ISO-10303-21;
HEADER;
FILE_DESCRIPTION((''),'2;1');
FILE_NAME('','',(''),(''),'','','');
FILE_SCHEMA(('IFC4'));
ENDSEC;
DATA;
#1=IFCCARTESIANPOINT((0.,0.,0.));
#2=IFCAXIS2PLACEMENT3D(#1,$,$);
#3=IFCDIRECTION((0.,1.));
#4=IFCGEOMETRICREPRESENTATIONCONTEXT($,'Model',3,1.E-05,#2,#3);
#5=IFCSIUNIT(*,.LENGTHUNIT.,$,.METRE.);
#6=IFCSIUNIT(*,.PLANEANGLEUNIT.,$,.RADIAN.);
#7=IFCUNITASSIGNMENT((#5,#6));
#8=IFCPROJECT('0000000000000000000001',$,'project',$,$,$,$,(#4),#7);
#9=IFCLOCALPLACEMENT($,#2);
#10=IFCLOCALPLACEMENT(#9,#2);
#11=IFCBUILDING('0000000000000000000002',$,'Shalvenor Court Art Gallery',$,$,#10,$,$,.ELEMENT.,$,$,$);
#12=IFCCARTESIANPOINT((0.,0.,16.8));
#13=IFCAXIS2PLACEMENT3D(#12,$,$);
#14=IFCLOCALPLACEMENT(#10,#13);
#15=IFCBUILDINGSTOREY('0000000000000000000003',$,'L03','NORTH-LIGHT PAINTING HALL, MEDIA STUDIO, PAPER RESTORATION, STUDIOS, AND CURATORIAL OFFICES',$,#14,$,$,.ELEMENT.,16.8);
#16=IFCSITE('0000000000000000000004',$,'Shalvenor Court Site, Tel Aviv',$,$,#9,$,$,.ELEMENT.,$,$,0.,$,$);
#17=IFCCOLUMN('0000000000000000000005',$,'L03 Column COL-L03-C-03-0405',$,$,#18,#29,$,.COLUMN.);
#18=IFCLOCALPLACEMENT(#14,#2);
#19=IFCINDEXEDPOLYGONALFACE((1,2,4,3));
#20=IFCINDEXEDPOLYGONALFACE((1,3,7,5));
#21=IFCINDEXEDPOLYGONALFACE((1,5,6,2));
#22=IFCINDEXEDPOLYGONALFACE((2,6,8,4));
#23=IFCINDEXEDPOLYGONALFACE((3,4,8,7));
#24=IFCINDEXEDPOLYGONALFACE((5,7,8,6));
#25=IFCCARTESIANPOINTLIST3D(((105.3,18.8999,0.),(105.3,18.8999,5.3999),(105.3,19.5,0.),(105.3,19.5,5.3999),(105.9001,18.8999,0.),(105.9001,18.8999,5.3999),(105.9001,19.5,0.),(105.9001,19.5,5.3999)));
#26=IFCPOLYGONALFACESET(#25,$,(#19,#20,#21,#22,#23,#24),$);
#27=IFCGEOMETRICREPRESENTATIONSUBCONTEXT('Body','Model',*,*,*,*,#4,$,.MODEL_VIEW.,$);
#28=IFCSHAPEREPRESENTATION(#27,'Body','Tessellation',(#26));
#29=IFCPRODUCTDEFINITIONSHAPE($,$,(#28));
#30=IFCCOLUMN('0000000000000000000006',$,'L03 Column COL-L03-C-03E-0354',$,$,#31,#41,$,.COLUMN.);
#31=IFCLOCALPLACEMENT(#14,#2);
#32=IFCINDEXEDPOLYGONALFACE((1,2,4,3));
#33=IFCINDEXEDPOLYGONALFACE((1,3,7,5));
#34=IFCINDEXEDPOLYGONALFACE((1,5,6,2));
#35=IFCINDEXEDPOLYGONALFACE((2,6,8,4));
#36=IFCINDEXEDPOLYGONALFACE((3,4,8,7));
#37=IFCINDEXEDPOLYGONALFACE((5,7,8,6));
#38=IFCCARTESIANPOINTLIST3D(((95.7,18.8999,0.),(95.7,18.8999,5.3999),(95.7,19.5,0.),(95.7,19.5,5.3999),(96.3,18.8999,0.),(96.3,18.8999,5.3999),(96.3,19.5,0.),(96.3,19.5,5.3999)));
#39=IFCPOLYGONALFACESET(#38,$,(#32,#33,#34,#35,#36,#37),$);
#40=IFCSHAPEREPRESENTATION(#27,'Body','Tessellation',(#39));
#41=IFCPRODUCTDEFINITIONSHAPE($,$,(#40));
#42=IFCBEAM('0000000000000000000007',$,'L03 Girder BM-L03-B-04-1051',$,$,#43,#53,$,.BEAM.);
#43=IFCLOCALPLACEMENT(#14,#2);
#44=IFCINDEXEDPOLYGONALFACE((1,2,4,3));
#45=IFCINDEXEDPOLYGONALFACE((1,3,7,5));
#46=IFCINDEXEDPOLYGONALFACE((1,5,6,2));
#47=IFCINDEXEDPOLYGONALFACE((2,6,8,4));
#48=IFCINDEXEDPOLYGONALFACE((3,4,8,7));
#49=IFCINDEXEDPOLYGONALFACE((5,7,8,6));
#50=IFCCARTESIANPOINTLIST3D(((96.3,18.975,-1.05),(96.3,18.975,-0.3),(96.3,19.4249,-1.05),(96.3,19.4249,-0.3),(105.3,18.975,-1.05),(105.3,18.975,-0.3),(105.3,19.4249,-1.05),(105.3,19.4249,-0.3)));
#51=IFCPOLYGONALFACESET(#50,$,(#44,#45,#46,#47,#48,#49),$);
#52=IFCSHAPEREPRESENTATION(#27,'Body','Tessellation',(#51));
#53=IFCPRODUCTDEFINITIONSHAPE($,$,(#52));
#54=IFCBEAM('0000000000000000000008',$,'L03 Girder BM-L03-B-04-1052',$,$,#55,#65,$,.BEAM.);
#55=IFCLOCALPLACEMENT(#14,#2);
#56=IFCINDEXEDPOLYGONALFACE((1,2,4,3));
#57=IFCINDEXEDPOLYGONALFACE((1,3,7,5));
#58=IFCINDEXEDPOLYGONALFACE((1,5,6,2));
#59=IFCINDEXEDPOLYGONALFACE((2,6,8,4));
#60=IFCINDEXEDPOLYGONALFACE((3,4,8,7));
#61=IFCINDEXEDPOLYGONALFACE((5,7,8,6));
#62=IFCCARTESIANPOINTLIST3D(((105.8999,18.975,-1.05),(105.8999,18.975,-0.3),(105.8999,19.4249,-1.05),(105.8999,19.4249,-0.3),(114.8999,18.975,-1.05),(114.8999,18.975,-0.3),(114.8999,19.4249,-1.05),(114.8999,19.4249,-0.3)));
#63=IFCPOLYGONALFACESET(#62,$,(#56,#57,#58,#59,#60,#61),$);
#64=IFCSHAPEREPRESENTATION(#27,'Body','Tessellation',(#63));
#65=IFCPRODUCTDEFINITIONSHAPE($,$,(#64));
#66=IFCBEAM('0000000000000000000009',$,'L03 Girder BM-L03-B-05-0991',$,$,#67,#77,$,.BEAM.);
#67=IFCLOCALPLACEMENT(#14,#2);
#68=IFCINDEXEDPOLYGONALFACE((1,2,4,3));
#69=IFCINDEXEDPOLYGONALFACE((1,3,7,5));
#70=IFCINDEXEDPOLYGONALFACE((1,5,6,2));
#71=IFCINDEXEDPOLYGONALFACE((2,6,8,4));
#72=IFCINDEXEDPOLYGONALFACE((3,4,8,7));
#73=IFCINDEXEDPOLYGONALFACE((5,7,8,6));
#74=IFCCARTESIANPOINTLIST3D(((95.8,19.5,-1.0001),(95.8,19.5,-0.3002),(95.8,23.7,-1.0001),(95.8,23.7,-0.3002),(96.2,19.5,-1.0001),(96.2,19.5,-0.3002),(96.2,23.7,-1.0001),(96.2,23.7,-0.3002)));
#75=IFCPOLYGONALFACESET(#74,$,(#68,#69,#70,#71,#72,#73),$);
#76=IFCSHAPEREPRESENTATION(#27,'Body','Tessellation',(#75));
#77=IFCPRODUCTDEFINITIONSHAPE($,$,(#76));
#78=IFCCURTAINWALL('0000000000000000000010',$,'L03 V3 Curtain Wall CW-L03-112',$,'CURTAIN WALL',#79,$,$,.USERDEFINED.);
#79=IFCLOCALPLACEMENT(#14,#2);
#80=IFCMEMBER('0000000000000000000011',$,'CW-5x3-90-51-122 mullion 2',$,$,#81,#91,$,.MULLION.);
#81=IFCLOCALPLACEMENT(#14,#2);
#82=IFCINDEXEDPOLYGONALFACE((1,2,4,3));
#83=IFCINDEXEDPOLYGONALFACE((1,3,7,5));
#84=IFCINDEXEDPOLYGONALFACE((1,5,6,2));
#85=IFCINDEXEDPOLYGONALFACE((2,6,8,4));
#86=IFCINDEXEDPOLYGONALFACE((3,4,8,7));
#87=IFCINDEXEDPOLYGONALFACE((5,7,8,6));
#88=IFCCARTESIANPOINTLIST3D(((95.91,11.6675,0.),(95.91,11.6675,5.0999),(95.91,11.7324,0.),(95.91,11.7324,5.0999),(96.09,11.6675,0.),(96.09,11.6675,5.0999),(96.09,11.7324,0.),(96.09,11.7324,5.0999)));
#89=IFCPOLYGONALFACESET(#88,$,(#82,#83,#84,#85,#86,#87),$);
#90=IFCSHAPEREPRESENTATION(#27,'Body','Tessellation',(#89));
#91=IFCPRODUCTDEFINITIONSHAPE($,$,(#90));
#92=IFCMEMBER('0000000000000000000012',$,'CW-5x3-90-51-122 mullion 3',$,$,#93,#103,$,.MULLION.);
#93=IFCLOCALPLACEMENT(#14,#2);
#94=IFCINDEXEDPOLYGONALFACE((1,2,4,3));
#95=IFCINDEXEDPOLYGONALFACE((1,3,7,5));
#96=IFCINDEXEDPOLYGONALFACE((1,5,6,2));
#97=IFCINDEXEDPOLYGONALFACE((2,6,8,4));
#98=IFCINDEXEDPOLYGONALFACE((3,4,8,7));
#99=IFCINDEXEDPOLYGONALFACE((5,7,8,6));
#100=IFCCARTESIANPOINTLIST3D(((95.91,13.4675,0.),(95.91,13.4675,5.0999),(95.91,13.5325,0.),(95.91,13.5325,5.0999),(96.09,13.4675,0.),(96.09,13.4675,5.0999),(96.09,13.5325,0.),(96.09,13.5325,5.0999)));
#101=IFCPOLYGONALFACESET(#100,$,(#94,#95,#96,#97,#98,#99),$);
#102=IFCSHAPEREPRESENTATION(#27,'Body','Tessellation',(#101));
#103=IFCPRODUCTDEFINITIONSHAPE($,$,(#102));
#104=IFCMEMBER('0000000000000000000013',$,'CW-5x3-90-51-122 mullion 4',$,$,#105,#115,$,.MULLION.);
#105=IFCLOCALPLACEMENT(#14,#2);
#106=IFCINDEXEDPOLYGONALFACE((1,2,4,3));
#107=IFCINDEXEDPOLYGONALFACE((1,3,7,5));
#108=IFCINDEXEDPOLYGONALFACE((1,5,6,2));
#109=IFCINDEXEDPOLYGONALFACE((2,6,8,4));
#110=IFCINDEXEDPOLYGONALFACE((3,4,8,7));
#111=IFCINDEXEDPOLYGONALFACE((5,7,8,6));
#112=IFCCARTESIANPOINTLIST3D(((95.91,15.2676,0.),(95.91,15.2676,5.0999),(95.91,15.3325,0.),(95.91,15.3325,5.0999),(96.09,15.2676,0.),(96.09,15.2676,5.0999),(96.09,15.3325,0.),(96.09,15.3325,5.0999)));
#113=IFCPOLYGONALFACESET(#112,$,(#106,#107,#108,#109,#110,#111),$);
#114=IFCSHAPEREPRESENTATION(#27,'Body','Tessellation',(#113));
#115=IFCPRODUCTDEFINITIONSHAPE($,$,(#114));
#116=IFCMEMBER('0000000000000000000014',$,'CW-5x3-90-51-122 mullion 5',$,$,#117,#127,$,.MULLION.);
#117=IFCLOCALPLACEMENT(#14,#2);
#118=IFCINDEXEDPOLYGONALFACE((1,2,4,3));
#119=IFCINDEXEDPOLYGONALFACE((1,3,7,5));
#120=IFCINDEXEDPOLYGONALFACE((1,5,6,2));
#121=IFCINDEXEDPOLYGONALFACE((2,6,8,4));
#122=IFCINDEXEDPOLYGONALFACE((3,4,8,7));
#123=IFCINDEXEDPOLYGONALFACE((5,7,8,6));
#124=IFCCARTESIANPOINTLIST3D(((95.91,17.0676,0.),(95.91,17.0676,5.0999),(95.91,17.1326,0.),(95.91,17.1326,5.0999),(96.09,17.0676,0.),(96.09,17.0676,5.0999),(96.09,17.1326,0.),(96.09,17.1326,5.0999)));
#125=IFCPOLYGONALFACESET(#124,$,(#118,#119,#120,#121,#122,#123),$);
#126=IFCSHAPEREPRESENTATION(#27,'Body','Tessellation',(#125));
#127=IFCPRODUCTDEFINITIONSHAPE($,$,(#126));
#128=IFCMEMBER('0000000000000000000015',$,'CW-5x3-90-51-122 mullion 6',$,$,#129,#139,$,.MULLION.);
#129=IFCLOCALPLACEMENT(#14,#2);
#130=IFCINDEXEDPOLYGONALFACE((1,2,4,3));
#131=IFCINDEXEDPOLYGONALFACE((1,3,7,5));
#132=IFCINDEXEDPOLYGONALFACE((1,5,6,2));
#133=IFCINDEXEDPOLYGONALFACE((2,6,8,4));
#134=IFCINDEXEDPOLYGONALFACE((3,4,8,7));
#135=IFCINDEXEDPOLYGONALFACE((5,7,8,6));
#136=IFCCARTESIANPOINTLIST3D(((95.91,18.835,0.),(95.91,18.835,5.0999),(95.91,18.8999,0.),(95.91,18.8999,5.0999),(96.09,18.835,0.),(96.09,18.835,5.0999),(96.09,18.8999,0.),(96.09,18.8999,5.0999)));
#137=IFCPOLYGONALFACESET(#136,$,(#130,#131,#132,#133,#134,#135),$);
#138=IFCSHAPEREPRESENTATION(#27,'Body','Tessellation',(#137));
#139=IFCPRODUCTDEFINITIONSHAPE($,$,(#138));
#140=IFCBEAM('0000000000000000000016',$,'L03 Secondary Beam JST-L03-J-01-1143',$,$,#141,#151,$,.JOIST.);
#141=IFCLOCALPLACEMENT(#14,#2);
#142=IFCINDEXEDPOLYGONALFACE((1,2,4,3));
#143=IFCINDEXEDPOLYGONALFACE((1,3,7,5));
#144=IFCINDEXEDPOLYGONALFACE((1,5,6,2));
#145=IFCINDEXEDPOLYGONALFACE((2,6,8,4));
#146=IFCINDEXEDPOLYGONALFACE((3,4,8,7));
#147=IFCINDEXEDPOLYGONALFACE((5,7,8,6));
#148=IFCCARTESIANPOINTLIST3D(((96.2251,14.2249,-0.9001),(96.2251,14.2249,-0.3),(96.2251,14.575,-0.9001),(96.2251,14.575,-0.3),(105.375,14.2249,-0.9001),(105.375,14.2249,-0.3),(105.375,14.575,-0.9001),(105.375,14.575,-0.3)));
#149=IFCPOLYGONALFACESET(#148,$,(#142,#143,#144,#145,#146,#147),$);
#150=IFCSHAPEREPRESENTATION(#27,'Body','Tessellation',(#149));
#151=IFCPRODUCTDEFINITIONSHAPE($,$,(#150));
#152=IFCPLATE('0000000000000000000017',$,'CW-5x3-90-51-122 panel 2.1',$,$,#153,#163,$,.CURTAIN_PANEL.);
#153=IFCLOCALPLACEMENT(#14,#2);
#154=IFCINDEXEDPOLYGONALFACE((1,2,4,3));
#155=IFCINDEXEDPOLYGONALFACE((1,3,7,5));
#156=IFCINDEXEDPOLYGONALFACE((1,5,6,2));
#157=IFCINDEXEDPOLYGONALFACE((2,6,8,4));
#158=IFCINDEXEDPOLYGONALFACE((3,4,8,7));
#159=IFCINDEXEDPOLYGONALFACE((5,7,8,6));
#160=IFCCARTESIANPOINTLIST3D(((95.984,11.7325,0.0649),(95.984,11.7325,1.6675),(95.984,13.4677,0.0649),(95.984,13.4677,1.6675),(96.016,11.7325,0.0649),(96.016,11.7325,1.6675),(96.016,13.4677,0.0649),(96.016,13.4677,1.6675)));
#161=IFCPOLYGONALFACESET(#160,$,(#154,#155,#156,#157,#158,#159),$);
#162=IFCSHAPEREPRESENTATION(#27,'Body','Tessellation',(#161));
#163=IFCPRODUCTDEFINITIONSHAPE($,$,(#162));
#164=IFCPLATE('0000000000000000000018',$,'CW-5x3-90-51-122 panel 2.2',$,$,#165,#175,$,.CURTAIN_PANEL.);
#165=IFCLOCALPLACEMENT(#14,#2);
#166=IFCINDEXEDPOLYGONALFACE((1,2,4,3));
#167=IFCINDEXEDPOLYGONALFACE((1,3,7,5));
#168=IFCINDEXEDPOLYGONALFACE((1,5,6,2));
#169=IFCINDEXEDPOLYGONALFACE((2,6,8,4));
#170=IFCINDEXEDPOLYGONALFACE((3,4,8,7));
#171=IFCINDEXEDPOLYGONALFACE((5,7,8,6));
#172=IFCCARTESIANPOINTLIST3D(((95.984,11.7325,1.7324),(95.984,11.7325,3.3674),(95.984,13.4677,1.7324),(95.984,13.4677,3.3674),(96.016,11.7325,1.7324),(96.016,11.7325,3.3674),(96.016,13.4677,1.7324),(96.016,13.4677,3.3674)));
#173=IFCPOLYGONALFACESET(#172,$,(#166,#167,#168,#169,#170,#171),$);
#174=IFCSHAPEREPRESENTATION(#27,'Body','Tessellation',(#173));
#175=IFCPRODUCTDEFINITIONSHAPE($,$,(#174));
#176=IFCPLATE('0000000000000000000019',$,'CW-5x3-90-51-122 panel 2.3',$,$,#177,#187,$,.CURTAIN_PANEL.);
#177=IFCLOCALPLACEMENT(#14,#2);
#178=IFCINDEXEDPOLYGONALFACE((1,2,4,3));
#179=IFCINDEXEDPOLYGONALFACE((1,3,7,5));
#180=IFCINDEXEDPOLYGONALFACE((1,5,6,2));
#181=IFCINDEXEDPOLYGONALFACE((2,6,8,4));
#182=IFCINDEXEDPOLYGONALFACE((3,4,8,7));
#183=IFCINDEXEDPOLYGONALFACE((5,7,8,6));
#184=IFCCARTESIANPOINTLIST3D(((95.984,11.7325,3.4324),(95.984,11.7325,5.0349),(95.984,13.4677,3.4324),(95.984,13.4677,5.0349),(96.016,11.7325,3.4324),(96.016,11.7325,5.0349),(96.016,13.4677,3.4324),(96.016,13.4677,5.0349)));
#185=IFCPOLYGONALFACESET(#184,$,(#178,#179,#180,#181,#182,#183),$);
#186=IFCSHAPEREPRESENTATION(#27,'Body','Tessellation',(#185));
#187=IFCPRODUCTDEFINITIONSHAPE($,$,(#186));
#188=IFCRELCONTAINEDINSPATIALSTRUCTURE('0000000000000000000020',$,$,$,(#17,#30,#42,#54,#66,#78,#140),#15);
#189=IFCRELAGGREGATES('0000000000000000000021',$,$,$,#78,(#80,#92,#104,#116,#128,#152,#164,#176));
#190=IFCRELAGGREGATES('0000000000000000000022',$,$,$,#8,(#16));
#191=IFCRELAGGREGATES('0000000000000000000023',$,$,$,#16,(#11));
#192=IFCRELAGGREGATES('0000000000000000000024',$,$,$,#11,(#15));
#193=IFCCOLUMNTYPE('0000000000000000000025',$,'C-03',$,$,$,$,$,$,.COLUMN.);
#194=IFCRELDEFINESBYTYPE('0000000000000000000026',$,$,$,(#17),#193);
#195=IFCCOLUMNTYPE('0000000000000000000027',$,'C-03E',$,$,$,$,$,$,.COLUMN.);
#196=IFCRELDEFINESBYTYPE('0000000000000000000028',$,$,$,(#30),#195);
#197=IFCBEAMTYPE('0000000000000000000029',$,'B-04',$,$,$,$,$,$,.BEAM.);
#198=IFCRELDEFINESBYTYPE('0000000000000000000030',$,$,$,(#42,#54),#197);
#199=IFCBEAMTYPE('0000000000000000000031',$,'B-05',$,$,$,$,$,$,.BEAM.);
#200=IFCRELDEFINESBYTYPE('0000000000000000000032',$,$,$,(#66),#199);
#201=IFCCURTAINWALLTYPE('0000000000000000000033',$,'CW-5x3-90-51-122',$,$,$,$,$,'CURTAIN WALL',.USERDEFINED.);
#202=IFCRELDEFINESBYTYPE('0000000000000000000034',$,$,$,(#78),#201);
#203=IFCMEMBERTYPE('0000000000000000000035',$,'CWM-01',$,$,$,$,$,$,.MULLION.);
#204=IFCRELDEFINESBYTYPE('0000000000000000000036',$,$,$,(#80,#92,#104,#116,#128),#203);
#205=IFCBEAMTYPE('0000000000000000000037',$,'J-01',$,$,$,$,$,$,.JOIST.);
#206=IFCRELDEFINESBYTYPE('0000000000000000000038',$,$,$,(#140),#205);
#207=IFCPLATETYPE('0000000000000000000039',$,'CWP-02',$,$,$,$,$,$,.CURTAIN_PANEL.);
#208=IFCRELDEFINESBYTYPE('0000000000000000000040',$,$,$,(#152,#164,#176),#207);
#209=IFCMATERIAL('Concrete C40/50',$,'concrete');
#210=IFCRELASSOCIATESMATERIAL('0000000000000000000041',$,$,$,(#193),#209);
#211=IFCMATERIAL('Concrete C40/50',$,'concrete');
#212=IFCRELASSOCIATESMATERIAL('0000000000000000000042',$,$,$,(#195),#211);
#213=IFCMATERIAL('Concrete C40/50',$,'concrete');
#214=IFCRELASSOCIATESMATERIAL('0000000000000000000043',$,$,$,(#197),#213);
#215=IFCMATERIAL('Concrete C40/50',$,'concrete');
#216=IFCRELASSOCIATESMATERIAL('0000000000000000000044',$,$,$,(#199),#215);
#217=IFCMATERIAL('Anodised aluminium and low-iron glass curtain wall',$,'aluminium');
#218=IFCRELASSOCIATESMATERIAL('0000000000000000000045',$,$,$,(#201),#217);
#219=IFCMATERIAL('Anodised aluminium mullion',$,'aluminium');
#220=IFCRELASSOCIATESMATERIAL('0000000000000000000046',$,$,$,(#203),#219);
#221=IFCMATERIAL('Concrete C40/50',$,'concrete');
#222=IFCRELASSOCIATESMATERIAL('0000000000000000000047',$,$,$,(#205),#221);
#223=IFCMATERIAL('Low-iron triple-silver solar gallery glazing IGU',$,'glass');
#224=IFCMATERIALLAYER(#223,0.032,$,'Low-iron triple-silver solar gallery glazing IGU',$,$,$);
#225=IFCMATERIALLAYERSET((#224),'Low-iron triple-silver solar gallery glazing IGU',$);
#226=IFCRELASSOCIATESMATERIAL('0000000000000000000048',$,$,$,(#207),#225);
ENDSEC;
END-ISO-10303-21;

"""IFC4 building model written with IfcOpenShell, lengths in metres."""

from ifc_helpers import new_model, si_unit, direction, frame, origin, origin_2d, place, context, subcontext, project, spatial, rectangle, extrude, material, layer, layer_set, material_profile, profile_set, type_object, element, aggregate, save


model = new_model("IFC4")

# Units and contexts
model_context = context("Model", 3, precision=1e-05, world=origin(), true_north=direction((0.0, 1.0)))
body_context = subcontext(model_context, "Body", "Model", "MODEL_VIEW")
ifc_project = project(units=[si_unit("LENGTHUNIT", "METRE"), si_unit("PLANEANGLEUNIT", "RADIAN")], contexts=[model_context])

# Site, building, storey
site_placement = place(None, origin())
site = spatial("IfcSite", under=ifc_project, at=site_placement, Name="Shalvenor Court Site, Tel Aviv", CompositionType="ELEMENT", RefElevation=0.0)
building_placement = place(site_placement, origin())
building = spatial("IfcBuilding", under=site, at=building_placement, Name="Shalvenor Court Art Gallery", CompositionType="ELEMENT")
storey_placement = place(building_placement, frame((0.0, 0.0, 16.8)))
storey = spatial("IfcBuildingStorey", under=building, at=storey_placement, Name="L03", Description="NORTH-LIGHT PAINTING HALL, MEDIA STUDIO, PAPER RESTORATION, STUDIOS, AND CURATORIAL OFFICES", CompositionType="ELEMENT", Elevation=16.8)

# Columns
ifc_material_1 = material(Name="Concrete C40/50", Category="concrete")
ifc_material_profile_1 = material_profile(ifc_material_1, rectangle(XDim=0.6001, YDim=0.6001, at=origin_2d()), Name="RC 600x600")
ifc_profile_set_1 = profile_set([ifc_material_profile_1], Name="Concrete C40/50")
column_type_1 = type_object("IfcColumnType", Name="C-03", PredefinedType="COLUMN", material=ifc_profile_set_1)
column_1_placement = place(storey_placement, frame((105.6001, 19.2, 0.0), z_axis=(0.0, 0.0, 1.0), x_axis=(1.0, 0.0, 0.0)))
element("IfcColumn", 1, at=column_1_placement, inside=storey, type_object=column_type_1, Name="L03 Column COL-L03-C-03-0405", PredefinedType="COLUMN", context=body_context, shape_type="SweptSolid", body=[
    extrude(rectangle(XDim=0.6001, YDim=0.6001, at=origin_2d()), origin(), (0.0, 0.0, 1.0), 5.3999),
])
ifc_material_2 = material(Name="Concrete C40/50", Category="concrete")
ifc_material_profile_2 = material_profile(ifc_material_2, rectangle(XDim=0.6001, YDim=0.6001, at=origin_2d()), Name="RC 600x600")
ifc_profile_set_2 = profile_set([ifc_material_profile_2], Name="Concrete C40/50")
column_type_2 = type_object("IfcColumnType", Name="C-03E", PredefinedType="COLUMN", material=ifc_profile_set_2)
column_2_placement = place(storey_placement, frame((96.0, 19.2, 0.0), z_axis=(0.0, 0.0, 1.0), x_axis=(1.0, 0.0, 0.0)))
element("IfcColumn", 2, at=column_2_placement, inside=storey, type_object=column_type_2, Name="L03 Column COL-L03-C-03E-0354", PredefinedType="COLUMN", context=body_context, shape_type="SweptSolid", body=[
    extrude(rectangle(XDim=0.6001, YDim=0.6001, at=origin_2d()), origin(), (0.0, 0.0, 1.0), 5.3999),
])

# Beams
ifc_material_3 = material(Name="Concrete C40/50", Category="concrete")
ifc_material_profile_3 = material_profile(ifc_material_3, rectangle(XDim=0.45, YDim=0.75, at=origin_2d()), Name="RC 450x750")
ifc_profile_set_3 = profile_set([ifc_material_profile_3], Name="Concrete C40/50")
beam_type_1 = type_object("IfcBeamType", Name="B-04", PredefinedType="BEAM", material=ifc_profile_set_3)
for number, where, z_axis, x_axis, name in (
    (3, (96.3, 19.2, -0.675), (1.0, 0.0, 0.0), (0.0, 1.0, 0.0), "L03 Girder BM-L03-B-04-1051"),
    (4, (105.8999, 19.2, -0.675), (1.0, 0.0, 0.0), (0.0, 1.0, 0.0), "L03 Girder BM-L03-B-04-1052"),
):
    element("IfcBeam", number, at=place(storey_placement, frame(where, z_axis=z_axis, x_axis=x_axis)), inside=storey, type_object=beam_type_1, Name=name, PredefinedType="BEAM", context=body_context, shape_type="SweptSolid", body=[
        extrude(rectangle(XDim=0.45, YDim=0.75, at=origin_2d()), origin(), (0.0, 0.0, 1.0), 9.0),
    ])
ifc_material_4 = material(Name="Concrete C40/50", Category="concrete")
ifc_material_profile_4 = material_profile(ifc_material_4, rectangle(XDim=0.3999, YDim=0.7, at=origin_2d()), Name="RC 400x700")
ifc_profile_set_4 = profile_set([ifc_material_profile_4], Name="Concrete C40/50")
beam_type_2 = type_object("IfcBeamType", Name="B-05", PredefinedType="BEAM", material=ifc_profile_set_4)
beam_1_placement = place(storey_placement, frame((96.0, 19.5, -0.6501), z_axis=(0.0, 1.0, 0.0), x_axis=(-1.0, 0.0, 0.0)))
element("IfcBeam", 5, at=beam_1_placement, inside=storey, type_object=beam_type_2, Name="L03 Girder BM-L03-B-05-0991", PredefinedType="BEAM", context=body_context, shape_type="SweptSolid", body=[
    extrude(rectangle(XDim=0.3999, YDim=0.7, at=origin_2d()), origin(), (0.0, 0.0, 1.0), 4.2),
])

# Curtain wall, members
ifc_material_5 = material(Name="Anodised aluminium and low-iron glass curtain wall", Category="aluminium")
curtain_wall_type = type_object("IfcCurtainWallType", Name="CW-5x3-90-51-122", ElementType="CURTAIN WALL", PredefinedType="USERDEFINED", material=ifc_material_5)
curtain_wall_placement = place(storey_placement, origin())
curtain_wall = element("IfcCurtainWall", 6, at=curtain_wall_placement, inside=storey, type_object=curtain_wall_type, Name="L03 V3 Curtain Wall CW-L03-112", ObjectType="CURTAIN WALL", PredefinedType="USERDEFINED")
ifc_material_6 = material(Name="Anodised aluminium mullion", Category="aluminium")
ifc_material_profile_5 = material_profile(ifc_material_6, rectangle(XDim=0.0649, YDim=0.1799, at=origin_2d()), Name="CWM-01")
ifc_profile_set_5 = profile_set([ifc_material_profile_5], Name="Anodised aluminium mullion")
member_type = type_object("IfcMemberType", Name="CWM-01", PredefinedType="MULLION", material=ifc_profile_set_5)
member_1_placement = place(storey_placement, frame((96.0, 11.7, 0.0), z_axis=(0.0, 0.0, 1.0), x_axis=(0.0, 1.0, 0.0)))
member_1 = element("IfcMember", 7, at=member_1_placement, type_object=member_type, Name="CW-5x3-90-51-122 mullion 2", PredefinedType="MULLION", context=body_context, shape_type="SweptSolid", body=[
    extrude(rectangle(XDim=0.0649, YDim=0.1799, at=origin_2d()), origin(), (0.0, 0.0, 1.0), 5.0999),
])
member_2_placement = place(storey_placement, frame((96.0, 13.5, 0.0), z_axis=(0.0, 0.0, 1.0), x_axis=(0.0, 1.0, 0.0)))
member_2 = element("IfcMember", 8, at=member_2_placement, type_object=member_type, Name="CW-5x3-90-51-122 mullion 3", PredefinedType="MULLION", context=body_context, shape_type="SweptSolid", body=[
    extrude(rectangle(XDim=0.0649, YDim=0.1799, at=origin_2d()), origin(), (0.0, 0.0, 1.0), 5.0999),
])
member_3_placement = place(storey_placement, frame((96.0, 15.3, 0.0), z_axis=(0.0, 0.0, 1.0), x_axis=(0.0, 1.0, 0.0)))
member_3 = element("IfcMember", 9, at=member_3_placement, type_object=member_type, Name="CW-5x3-90-51-122 mullion 4", PredefinedType="MULLION", context=body_context, shape_type="SweptSolid", body=[
    extrude(rectangle(XDim=0.0649, YDim=0.1799, at=origin_2d()), origin(), (0.0, 0.0, 1.0), 5.0999),
])
member_4_placement = place(storey_placement, frame((96.0, 17.1001, 0.0), z_axis=(0.0, 0.0, 1.0), x_axis=(0.0, 1.0, 0.0)))
member_4 = element("IfcMember", 10, at=member_4_placement, type_object=member_type, Name="CW-5x3-90-51-122 mullion 5", PredefinedType="MULLION", context=body_context, shape_type="SweptSolid", body=[
    extrude(rectangle(XDim=0.0649, YDim=0.1799, at=origin_2d()), origin(), (0.0, 0.0, 1.0), 5.0999),
])
member_5_placement = place(storey_placement, frame((96.0, 18.8674, 0.0), z_axis=(0.0, 0.0, 1.0), x_axis=(0.0, 1.0, 0.0)))
member_5 = element("IfcMember", 11, at=member_5_placement, type_object=member_type, Name="CW-5x3-90-51-122 mullion 6", PredefinedType="MULLION", context=body_context, shape_type="SweptSolid", body=[
    extrude(rectangle(XDim=0.0649, YDim=0.1799, at=origin_2d()), origin(), (0.0, 0.0, 1.0), 5.0999),
])

# Beam
ifc_material_7 = material(Name="Concrete C40/50", Category="concrete")
ifc_material_profile_6 = material_profile(ifc_material_7, rectangle(XDim=0.3501, YDim=0.6001, at=origin_2d()), Name="RC 350x600")
ifc_profile_set_6 = profile_set([ifc_material_profile_6], Name="Concrete C40/50")
beam_type_3 = type_object("IfcBeamType", Name="J-01", PredefinedType="JOIST", material=ifc_profile_set_6)
beam_2_placement = place(storey_placement, frame((96.2251, 14.3999, -0.6001), z_axis=(1.0, 0.0, 0.0), x_axis=(0.0, 1.0, 0.0)))
element("IfcBeam", 12, at=beam_2_placement, inside=storey, type_object=beam_type_3, Name="L03 Secondary Beam JST-L03-J-01-1143", PredefinedType="JOIST", context=body_context, shape_type="SweptSolid", body=[
    extrude(rectangle(XDim=0.3501, YDim=0.6001, at=origin_2d()), origin(), (0.0, 0.0, 1.0), 9.1499),
])

# Plates
ifc_material_8 = material(Name="Low-iron triple-silver solar gallery glazing IGU", Category="glass")
ifc_layer_1 = layer(ifc_material_8, 0.032, Name="Low-iron triple-silver solar gallery glazing IGU")
ifc_layer_set_1 = layer_set([ifc_layer_1], Name="Low-iron triple-silver solar gallery glazing IGU")
plate_type_1 = type_object("IfcPlateType", Name="CWP-02", PredefinedType="CURTAIN_PANEL", material=ifc_layer_set_1)
plate_1_placement = place(storey_placement, frame((96.0, 12.6001, 0.0649), z_axis=(0.0, 0.0, 1.0), x_axis=(0.0, 1.0, 0.0)))
plate_1 = element("IfcPlate", 13, at=plate_1_placement, type_object=plate_type_1, Name="CW-5x3-90-51-122 panel 2.1", PredefinedType="CURTAIN_PANEL", context=body_context, shape_type="SweptSolid", body=[
    extrude(rectangle(XDim=1.7351, YDim=0.032, at=origin_2d()), origin(), (0.0, 0.0, 1.0), 1.6025),
])
plate_2_placement = place(storey_placement, frame((96.0, 12.6001, 1.7324), z_axis=(0.0, 0.0, 1.0), x_axis=(0.0, 1.0, 0.0)))
plate_2 = element("IfcPlate", 14, at=plate_2_placement, type_object=plate_type_1, Name="CW-5x3-90-51-122 panel 2.2", PredefinedType="CURTAIN_PANEL", context=body_context, shape_type="SweptSolid", body=[
    extrude(rectangle(XDim=1.7351, YDim=0.032, at=origin_2d()), origin(), (0.0, 0.0, 1.0), 1.635),
])
plate_3_placement = place(storey_placement, frame((96.0, 12.6001, 3.4324), z_axis=(0.0, 0.0, 1.0), x_axis=(0.0, 1.0, 0.0)))
plate_3 = element("IfcPlate", 15, at=plate_3_placement, type_object=plate_type_1, Name="CW-5x3-90-51-122 panel 2.3", PredefinedType="CURTAIN_PANEL", context=body_context, shape_type="SweptSolid", body=[
    extrude(rectangle(XDim=1.7351, YDim=0.032, at=origin_2d()), origin(), (0.0, 0.0, 1.0), 1.6025),
])
aggregate(curtain_wall, [member_1, member_2, member_3, member_4, member_5, plate_1, plate_2, plate_3])

save(model, "model.ifc")
